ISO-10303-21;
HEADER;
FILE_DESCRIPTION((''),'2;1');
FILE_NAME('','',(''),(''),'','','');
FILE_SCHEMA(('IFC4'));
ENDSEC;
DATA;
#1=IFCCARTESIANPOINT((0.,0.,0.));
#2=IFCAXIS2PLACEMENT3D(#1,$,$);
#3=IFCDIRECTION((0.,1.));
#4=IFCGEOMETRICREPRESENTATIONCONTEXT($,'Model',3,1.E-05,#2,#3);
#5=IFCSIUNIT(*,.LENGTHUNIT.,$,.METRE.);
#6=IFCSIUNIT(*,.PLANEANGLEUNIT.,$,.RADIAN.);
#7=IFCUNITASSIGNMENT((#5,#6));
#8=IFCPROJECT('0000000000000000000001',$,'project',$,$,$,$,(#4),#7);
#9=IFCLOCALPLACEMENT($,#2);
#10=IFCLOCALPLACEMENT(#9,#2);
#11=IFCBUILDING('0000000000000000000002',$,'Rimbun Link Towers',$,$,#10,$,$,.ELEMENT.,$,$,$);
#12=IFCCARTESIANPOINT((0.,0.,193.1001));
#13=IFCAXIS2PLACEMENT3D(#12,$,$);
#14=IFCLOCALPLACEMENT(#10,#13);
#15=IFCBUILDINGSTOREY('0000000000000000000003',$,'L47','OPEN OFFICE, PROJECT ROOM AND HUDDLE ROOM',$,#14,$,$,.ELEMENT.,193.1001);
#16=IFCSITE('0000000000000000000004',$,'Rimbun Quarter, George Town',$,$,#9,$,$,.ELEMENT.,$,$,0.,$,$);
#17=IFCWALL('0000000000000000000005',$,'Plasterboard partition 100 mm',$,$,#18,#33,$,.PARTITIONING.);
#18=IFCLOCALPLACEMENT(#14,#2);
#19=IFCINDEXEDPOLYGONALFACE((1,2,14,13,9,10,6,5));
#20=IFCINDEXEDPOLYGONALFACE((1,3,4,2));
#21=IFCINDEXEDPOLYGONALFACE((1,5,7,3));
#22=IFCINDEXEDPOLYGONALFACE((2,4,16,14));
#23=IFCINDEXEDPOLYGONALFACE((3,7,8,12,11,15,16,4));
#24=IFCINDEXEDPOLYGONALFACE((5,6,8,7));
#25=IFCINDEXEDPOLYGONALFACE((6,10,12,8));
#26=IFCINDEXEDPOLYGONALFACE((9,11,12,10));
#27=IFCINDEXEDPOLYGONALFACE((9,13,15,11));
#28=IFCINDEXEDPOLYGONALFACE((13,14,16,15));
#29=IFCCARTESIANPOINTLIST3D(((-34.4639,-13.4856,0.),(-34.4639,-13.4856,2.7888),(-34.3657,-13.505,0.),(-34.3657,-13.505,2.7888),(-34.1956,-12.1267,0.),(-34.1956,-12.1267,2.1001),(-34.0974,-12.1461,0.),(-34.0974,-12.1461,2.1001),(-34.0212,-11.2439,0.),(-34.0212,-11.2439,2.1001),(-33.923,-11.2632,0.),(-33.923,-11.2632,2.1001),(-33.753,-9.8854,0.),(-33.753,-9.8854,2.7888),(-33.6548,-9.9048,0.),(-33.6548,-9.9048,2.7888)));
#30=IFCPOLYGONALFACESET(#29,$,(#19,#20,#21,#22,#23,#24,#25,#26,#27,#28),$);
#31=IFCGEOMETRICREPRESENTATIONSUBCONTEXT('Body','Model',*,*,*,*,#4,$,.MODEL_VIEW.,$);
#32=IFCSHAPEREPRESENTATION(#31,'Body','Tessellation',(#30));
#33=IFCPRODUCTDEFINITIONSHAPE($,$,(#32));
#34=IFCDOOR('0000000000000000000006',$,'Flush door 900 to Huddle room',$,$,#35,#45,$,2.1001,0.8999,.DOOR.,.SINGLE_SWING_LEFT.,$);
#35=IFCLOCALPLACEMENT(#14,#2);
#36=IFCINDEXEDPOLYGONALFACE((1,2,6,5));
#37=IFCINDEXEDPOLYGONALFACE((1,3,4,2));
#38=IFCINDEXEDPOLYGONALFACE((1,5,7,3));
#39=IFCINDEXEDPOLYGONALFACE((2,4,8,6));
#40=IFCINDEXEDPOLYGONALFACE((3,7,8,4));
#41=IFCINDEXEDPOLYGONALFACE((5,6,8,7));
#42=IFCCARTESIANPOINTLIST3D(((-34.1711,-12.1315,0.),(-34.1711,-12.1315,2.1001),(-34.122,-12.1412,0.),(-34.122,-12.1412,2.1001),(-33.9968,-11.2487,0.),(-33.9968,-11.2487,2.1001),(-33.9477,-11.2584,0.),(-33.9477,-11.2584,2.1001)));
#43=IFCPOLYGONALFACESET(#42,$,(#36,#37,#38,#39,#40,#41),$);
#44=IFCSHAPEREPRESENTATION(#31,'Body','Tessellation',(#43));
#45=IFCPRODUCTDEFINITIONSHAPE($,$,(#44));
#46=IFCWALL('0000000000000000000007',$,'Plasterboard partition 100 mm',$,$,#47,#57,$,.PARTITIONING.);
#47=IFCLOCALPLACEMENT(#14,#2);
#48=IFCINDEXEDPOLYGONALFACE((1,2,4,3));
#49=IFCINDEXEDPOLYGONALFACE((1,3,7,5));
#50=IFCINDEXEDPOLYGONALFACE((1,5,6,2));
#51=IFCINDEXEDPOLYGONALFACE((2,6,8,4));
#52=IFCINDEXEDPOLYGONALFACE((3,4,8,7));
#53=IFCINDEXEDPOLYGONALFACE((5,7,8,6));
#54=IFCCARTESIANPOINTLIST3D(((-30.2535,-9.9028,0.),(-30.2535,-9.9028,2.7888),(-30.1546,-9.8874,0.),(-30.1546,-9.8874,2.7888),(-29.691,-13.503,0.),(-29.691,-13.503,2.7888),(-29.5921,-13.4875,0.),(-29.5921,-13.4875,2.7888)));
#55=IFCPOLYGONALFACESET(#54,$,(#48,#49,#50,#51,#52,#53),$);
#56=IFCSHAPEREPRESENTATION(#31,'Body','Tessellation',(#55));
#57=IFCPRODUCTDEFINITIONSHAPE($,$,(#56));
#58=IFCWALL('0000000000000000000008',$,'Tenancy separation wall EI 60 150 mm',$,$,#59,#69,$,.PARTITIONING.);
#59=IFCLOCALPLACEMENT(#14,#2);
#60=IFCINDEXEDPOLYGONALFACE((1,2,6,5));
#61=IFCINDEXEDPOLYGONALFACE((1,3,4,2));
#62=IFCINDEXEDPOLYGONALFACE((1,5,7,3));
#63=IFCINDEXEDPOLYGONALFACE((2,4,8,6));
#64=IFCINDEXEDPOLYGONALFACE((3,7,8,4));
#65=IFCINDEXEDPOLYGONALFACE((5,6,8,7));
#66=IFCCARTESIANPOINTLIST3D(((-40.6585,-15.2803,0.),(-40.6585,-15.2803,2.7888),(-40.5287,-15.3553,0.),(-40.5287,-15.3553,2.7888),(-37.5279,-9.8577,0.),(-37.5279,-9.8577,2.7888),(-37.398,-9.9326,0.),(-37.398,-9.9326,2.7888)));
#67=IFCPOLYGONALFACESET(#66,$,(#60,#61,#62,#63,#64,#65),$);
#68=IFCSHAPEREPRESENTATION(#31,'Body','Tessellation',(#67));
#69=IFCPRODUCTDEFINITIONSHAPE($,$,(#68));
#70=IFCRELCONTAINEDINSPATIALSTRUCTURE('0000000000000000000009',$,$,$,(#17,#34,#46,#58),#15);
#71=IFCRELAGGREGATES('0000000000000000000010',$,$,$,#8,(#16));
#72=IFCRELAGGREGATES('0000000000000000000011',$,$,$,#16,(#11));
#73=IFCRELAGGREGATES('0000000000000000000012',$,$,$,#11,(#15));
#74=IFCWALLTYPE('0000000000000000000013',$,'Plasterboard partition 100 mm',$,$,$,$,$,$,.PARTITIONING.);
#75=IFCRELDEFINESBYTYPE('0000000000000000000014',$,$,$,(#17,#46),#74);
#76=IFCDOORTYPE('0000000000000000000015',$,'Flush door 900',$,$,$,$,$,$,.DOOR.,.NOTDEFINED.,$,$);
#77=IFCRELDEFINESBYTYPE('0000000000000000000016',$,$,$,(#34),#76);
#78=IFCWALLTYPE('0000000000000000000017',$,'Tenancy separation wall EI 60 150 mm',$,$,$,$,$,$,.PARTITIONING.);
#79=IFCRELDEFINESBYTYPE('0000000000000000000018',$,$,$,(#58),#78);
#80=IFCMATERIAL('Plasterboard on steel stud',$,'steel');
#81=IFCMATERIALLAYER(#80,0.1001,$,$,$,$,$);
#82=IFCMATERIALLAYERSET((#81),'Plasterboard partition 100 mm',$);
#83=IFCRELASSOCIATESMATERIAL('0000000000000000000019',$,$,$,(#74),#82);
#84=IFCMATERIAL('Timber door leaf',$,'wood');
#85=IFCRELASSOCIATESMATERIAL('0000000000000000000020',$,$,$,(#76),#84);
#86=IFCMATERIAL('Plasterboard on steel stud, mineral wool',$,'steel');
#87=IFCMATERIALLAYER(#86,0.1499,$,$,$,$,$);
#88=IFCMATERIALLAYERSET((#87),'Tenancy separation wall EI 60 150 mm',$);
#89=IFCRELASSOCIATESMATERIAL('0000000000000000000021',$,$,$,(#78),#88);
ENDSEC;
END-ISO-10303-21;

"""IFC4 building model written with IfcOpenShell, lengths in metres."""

from ifc_helpers import new_model, si_unit, direction, frame, frame_2d, origin, place, context, subcontext, project, spatial, rectangle, extrude, material, layer, layer_set, type_object, element, fill, save


model = new_model("IFC4")

# Units and contexts
model_context = context("Model", 3, precision=1e-05, world=origin(), true_north=direction((0.0, 1.0)))
body_context = subcontext(model_context, "Body", "Model", "MODEL_VIEW")
ifc_project = project(units=[si_unit("LENGTHUNIT", "METRE"), si_unit("PLANEANGLEUNIT", "RADIAN")], contexts=[model_context])

# Site, building, storey
site_placement = place(None, origin())
site = spatial("IfcSite", under=ifc_project, at=site_placement, Name="Rimbun Quarter, George Town", CompositionType="ELEMENT", RefElevation=0.0)
building_placement = place(site_placement, origin())
building = spatial("IfcBuilding", under=site, at=building_placement, Name="Rimbun Link Towers", CompositionType="ELEMENT")
storey_placement = place(building_placement, frame((0.0, 0.0, 193.1001)))
storey = spatial("IfcBuildingStorey", under=building, at=storey_placement, Name="L47", Description="OPEN OFFICE, PROJECT ROOM AND HUDDLE ROOM", CompositionType="ELEMENT", Elevation=193.1001)

# Wall, opening, door
ifc_material_1 = material(Name="Plasterboard on steel stud", Category="steel")
ifc_layer_1 = layer(ifc_material_1, 0.1001)
ifc_layer_set_1 = layer_set([ifc_layer_1], Name="Plasterboard partition 100 mm")
wall_type_1 = type_object("IfcWallType", Name="Plasterboard partition 100 mm", PredefinedType="PARTITIONING", material=ifc_layer_set_1)
wall_1_placement = place(storey_placement, frame((-33.7039, -9.895, 0.0), z_axis=(0.0, 0.0, 1.0), x_axis=(-0.193736, -0.981054, 0.0)))
wall_1 = element("IfcWall", 1, at=wall_1_placement, inside=storey, type_object=wall_type_1, Name="Plasterboard partition 100 mm", PredefinedType="PARTITIONING", context=body_context, shape_type="SweptSolid", body=[
    extrude(rectangle(XDim=3.6697, YDim=0.1001, at=frame_2d((1.835, 0.0))), origin(), (0.0, 0.0, 1.0), 2.7888),
])
opening_placement = place(wall_1_placement, frame((1.3848, 0.0, 0.0)))
opening = element("IfcOpeningElement", 2, at=opening_placement, cuts=wall_1, PredefinedType="OPENING", context=body_context, shape_type="SweptSolid", body=[
    extrude(rectangle(XDim=0.8999, YDim=2.1001, at=frame_2d((0.45, 1.05))), frame((0.0, 0.0601, 0.0), z_axis=(0.0, -1.0, 0.0), x_axis=(1.0, 0.0, 0.0)), (0.0, 0.0, 1.0), 0.1201),
])
ifc_material_2 = material(Name="Timber door leaf", Category="wood")
door_type = type_object("IfcDoorType", Name="Flush door 900", OperationType="NOTDEFINED", PredefinedType="DOOR", material=ifc_material_2)
door_placement = place(opening_placement, origin())
door = element("IfcDoor", 3, at=door_placement, inside=storey, type_object=door_type, Name="Flush door 900 to Huddle room", OperationType="SINGLE_SWING_LEFT", OverallHeight=2.1001, OverallWidth=0.8999, PredefinedType="DOOR", context=body_context, shape_type="SweptSolid", body=[
    extrude(rectangle(XDim=0.8999, YDim=2.1001, at=frame_2d((0.45, 1.05))), frame((0.0, 0.0249, 0.0), z_axis=(0.0, -1.0, 0.0), x_axis=(1.0, 0.0, 0.0)), (0.0, 0.0, 1.0), 0.05),
])
fill(opening, door)

# Walls
wall_2_placement = place(storey_placement, frame((-29.6416, -13.4951, 0.0), z_axis=(0.0, 0.0, 1.0), x_axis=(-0.154373, 0.988013, 0.0)))
element("IfcWall", 4, at=wall_2_placement, inside=storey, type_object=wall_type_1, Name="Plasterboard partition 100 mm", PredefinedType="PARTITIONING", context=body_context, shape_type="SweptSolid", body=[
    extrude(rectangle(XDim=3.6438, YDim=0.1001, at=frame_2d((1.8218, 0.0))), origin(), (0.0, 0.0, 1.0), 2.7888),
])
ifc_material_3 = material(Name="Plasterboard on steel stud, mineral wool", Category="steel")
ifc_layer_2 = layer(ifc_material_3, 0.1499)
ifc_layer_set_2 = layer_set([ifc_layer_2], Name="Tenancy separation wall EI 60 150 mm")
wall_type_2 = type_object("IfcWallType", Name="Tenancy separation wall EI 60 150 mm", PredefinedType="PARTITIONING", material=ifc_layer_set_2)
wall_3_placement = place(storey_placement, frame((-37.4629, -9.895, 0.0), z_axis=(0.0, 0.0, 1.0), x_axis=(-0.499985, -0.866034, 0.0)))
element("IfcWall", 5, at=wall_3_placement, inside=storey, type_object=wall_type_2, Name="Tenancy separation wall EI 60 150 mm", PredefinedType="PARTITIONING", context=body_context, shape_type="SweptSolid", body=[
    extrude(rectangle(XDim=6.2615, YDim=0.1499, at=frame_2d((3.1309, 0.0))), origin(), (0.0, 0.0, 1.0), 2.7888),
])

save(model, "model.ifc")
